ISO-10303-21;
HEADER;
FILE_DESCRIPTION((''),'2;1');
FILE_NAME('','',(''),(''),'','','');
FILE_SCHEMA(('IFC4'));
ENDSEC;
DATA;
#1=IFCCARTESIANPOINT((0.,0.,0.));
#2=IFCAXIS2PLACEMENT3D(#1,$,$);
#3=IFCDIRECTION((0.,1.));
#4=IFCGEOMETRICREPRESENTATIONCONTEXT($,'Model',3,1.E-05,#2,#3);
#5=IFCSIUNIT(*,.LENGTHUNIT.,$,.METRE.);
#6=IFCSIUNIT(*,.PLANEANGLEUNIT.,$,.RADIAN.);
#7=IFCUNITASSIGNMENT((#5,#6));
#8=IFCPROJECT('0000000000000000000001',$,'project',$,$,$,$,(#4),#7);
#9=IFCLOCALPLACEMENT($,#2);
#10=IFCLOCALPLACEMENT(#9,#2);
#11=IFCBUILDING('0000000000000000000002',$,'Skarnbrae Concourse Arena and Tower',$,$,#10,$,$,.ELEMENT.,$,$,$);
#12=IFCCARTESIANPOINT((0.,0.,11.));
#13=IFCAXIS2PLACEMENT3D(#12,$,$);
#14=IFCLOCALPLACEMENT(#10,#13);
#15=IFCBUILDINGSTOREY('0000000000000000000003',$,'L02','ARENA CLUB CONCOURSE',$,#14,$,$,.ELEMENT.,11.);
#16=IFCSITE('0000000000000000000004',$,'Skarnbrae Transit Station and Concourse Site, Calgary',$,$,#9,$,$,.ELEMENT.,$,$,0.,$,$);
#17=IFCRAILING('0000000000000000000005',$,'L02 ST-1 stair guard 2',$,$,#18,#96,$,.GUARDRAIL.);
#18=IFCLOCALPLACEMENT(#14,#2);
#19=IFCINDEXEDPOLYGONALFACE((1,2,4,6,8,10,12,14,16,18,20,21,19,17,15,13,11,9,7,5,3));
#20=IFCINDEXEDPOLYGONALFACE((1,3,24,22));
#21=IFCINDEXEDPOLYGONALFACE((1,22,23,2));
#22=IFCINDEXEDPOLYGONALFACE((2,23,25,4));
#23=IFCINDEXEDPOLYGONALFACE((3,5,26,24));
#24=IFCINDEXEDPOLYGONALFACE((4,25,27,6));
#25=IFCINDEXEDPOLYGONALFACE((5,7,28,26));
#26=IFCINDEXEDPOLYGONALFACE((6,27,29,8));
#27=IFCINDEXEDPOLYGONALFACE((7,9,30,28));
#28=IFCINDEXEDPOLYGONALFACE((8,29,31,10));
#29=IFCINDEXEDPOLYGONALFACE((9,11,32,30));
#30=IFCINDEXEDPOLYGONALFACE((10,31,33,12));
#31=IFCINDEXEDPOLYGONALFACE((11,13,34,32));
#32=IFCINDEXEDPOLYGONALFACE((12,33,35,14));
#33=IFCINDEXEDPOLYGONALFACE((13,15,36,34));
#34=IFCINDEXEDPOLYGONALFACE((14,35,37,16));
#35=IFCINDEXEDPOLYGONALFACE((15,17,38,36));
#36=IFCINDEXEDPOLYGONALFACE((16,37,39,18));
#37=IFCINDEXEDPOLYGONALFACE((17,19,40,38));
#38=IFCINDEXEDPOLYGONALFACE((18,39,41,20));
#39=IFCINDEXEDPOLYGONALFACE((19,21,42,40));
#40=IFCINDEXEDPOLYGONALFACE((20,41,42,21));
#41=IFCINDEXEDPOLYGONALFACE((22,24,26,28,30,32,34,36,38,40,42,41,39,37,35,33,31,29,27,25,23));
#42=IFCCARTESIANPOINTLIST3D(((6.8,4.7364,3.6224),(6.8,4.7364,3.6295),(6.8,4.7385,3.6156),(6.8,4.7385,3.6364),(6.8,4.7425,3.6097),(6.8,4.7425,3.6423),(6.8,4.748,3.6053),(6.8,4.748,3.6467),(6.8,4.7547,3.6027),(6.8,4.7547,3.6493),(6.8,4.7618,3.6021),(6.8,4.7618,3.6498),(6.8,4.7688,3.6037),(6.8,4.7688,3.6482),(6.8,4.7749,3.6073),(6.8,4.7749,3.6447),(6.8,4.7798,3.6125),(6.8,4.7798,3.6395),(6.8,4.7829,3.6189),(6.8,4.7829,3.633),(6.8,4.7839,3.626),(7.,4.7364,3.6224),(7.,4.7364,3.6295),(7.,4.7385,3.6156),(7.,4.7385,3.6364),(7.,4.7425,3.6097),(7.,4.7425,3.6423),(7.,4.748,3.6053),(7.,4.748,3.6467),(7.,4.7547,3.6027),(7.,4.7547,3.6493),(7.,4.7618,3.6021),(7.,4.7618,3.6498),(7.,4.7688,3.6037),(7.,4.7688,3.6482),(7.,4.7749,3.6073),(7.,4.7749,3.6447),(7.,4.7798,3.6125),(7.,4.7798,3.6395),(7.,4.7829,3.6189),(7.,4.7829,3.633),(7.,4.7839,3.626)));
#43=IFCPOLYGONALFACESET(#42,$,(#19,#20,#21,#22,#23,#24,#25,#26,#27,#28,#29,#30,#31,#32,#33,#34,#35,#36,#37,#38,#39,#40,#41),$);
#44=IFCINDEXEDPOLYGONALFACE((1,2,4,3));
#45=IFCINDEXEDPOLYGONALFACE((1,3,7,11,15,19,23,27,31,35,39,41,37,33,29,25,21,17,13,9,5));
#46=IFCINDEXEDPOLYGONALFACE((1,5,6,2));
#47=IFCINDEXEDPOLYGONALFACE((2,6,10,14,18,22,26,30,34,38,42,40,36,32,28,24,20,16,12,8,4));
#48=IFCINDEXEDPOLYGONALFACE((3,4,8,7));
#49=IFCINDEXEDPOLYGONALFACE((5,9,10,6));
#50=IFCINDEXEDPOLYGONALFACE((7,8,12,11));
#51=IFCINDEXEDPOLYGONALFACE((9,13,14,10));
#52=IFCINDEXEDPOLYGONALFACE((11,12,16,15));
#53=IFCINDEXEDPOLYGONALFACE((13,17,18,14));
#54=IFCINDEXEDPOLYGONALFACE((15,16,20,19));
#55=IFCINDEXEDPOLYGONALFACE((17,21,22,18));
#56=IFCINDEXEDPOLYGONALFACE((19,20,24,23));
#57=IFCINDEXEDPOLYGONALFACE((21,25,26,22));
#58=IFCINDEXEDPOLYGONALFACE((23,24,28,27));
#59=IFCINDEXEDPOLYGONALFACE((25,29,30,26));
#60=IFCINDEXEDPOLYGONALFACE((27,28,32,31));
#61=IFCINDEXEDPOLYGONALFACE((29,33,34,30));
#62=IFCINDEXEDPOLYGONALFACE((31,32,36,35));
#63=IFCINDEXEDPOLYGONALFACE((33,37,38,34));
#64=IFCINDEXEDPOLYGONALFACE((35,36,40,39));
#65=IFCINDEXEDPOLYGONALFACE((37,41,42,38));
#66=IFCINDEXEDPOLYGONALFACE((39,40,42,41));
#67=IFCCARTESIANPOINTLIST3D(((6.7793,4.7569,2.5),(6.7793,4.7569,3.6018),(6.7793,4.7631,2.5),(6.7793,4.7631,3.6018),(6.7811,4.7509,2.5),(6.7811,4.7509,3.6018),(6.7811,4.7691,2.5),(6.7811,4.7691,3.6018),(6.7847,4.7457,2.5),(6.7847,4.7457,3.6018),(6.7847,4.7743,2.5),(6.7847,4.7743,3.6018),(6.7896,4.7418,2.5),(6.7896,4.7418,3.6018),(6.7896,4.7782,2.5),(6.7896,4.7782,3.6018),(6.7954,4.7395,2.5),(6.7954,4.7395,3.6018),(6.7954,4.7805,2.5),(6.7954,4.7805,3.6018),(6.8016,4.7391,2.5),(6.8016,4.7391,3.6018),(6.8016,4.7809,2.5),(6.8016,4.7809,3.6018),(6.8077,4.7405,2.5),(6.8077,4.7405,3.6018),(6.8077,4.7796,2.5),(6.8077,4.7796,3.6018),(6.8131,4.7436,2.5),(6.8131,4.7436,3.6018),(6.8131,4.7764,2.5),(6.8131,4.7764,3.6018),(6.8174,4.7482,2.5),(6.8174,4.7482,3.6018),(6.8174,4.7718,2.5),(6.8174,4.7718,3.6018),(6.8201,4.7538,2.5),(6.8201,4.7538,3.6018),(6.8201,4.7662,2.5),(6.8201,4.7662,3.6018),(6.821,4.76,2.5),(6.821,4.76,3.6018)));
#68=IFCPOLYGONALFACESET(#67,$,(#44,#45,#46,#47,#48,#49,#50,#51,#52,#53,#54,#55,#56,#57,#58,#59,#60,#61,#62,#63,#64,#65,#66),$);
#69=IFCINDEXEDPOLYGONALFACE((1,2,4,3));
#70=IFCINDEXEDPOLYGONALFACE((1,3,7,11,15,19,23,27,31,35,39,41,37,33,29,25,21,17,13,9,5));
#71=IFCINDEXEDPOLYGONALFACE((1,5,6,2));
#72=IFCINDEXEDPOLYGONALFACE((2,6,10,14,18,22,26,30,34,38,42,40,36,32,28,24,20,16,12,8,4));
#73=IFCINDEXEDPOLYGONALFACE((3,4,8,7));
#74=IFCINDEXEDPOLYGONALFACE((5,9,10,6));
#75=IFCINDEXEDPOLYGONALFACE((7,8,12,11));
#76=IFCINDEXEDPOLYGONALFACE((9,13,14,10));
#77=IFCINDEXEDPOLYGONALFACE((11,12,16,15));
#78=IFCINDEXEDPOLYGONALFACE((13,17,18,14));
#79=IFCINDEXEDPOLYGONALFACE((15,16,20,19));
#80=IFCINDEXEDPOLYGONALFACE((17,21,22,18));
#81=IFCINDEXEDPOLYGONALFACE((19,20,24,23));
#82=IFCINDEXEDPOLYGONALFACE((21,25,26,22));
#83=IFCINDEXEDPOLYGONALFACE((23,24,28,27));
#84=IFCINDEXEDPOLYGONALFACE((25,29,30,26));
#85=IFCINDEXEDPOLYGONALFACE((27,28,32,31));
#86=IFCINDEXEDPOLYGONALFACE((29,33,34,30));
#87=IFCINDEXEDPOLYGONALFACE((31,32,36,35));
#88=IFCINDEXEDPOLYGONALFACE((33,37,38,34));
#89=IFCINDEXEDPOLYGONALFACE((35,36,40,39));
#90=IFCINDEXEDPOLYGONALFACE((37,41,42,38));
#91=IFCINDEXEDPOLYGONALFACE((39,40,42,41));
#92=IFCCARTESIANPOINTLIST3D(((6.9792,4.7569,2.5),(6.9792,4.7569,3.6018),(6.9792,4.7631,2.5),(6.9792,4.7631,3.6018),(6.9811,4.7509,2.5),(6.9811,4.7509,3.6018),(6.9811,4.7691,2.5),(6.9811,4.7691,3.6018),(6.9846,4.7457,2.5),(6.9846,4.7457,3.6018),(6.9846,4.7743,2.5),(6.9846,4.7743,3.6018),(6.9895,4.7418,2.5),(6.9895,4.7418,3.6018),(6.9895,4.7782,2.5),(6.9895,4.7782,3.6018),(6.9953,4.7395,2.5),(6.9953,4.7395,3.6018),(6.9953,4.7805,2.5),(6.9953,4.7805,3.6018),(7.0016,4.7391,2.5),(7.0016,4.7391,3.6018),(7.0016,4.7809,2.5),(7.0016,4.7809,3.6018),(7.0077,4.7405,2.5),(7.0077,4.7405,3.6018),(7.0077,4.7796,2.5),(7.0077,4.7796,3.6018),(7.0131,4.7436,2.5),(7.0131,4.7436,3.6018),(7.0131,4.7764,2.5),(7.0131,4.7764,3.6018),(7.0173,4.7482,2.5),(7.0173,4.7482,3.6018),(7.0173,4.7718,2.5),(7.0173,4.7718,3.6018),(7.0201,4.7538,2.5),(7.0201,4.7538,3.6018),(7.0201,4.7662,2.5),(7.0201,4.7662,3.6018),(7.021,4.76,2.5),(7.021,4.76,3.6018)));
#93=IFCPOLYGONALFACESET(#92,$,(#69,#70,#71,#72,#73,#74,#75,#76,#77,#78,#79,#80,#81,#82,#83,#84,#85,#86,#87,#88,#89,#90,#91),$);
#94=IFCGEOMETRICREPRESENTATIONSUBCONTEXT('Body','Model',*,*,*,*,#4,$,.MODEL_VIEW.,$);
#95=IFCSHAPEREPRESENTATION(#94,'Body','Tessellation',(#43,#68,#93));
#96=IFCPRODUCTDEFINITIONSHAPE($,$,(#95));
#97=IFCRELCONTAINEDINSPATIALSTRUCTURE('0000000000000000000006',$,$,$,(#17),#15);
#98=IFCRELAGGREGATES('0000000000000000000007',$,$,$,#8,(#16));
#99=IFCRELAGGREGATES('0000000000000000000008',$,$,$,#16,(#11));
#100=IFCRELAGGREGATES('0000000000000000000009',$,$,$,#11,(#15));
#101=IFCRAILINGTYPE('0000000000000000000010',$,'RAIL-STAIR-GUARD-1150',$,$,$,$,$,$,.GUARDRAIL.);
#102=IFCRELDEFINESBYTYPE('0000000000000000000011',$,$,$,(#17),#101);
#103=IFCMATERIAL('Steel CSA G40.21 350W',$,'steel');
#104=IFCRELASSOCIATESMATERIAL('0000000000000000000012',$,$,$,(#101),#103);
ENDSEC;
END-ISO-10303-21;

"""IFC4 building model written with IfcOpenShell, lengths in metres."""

from ifc_helpers import new_model, si_unit, direction, frame, origin, origin_2d, place, context, subcontext, project, spatial, circle, extrude, material, type_object, element, save


model = new_model("IFC4")

# Units and contexts
model_context = context("Model", 3, precision=1e-05, world=origin(), true_north=direction((0.0, 1.0)))
body_context = subcontext(model_context, "Body", "Model", "MODEL_VIEW")
ifc_project = project(units=[si_unit("LENGTHUNIT", "METRE"), si_unit("PLANEANGLEUNIT", "RADIAN")], contexts=[model_context])

# Site, building, storey
site_placement = place(None, origin())
site = spatial("IfcSite", under=ifc_project, at=site_placement, Name="Skarnbrae Transit Station and Concourse Site, Calgary", CompositionType="ELEMENT", RefElevation=0.0)
building_placement = place(site_placement, origin())
building = spatial("IfcBuilding", under=site, at=building_placement, Name="Skarnbrae Concourse Arena and Tower", CompositionType="ELEMENT")
storey_placement = place(building_placement, frame((0.0, 0.0, 11.0)))
storey = spatial("IfcBuildingStorey", under=building, at=storey_placement, Name="L02", Description="ARENA CLUB CONCOURSE", CompositionType="ELEMENT", Elevation=11.0)

# Shared definitions
ifc_material_1 = material(Name="Steel CSA G40.21 350W", Category="steel")

# Railing
railing_type_1 = type_object("IfcRailingType", Name="RAIL-STAIR-GUARD-1150", PredefinedType="GUARDRAIL", material=ifc_material_1)
railing_1_placement = place(storey_placement, frame((6.8, 4.76, 2.5)))
element("IfcRailing", 1, at=railing_1_placement, inside=storey, type_object=railing_type_1, Name="L02 ST-1 stair guard 2", PredefinedType="GUARDRAIL", context=body_context, shape_type="SweptSolid", body=[
    extrude(circle(Radius=0.0239, at=origin_2d()), frame((0.0, 0.0, 1.126), z_axis=(1.0, 0.0, 0.0), x_axis=(0.0, 1.0, 0.0)), (0.0, 0.0, 1.0), 0.2),
    extrude(circle(Radius=0.021, at=origin_2d()), origin(), (0.0, 0.0, 1.0), 1.1018),
    extrude(circle(Radius=0.021, at=origin_2d()), frame((0.2, 0.0, 0.0)), (0.0, 0.0, 1.0), 1.1018),
])

save(model, "model.ifc")
